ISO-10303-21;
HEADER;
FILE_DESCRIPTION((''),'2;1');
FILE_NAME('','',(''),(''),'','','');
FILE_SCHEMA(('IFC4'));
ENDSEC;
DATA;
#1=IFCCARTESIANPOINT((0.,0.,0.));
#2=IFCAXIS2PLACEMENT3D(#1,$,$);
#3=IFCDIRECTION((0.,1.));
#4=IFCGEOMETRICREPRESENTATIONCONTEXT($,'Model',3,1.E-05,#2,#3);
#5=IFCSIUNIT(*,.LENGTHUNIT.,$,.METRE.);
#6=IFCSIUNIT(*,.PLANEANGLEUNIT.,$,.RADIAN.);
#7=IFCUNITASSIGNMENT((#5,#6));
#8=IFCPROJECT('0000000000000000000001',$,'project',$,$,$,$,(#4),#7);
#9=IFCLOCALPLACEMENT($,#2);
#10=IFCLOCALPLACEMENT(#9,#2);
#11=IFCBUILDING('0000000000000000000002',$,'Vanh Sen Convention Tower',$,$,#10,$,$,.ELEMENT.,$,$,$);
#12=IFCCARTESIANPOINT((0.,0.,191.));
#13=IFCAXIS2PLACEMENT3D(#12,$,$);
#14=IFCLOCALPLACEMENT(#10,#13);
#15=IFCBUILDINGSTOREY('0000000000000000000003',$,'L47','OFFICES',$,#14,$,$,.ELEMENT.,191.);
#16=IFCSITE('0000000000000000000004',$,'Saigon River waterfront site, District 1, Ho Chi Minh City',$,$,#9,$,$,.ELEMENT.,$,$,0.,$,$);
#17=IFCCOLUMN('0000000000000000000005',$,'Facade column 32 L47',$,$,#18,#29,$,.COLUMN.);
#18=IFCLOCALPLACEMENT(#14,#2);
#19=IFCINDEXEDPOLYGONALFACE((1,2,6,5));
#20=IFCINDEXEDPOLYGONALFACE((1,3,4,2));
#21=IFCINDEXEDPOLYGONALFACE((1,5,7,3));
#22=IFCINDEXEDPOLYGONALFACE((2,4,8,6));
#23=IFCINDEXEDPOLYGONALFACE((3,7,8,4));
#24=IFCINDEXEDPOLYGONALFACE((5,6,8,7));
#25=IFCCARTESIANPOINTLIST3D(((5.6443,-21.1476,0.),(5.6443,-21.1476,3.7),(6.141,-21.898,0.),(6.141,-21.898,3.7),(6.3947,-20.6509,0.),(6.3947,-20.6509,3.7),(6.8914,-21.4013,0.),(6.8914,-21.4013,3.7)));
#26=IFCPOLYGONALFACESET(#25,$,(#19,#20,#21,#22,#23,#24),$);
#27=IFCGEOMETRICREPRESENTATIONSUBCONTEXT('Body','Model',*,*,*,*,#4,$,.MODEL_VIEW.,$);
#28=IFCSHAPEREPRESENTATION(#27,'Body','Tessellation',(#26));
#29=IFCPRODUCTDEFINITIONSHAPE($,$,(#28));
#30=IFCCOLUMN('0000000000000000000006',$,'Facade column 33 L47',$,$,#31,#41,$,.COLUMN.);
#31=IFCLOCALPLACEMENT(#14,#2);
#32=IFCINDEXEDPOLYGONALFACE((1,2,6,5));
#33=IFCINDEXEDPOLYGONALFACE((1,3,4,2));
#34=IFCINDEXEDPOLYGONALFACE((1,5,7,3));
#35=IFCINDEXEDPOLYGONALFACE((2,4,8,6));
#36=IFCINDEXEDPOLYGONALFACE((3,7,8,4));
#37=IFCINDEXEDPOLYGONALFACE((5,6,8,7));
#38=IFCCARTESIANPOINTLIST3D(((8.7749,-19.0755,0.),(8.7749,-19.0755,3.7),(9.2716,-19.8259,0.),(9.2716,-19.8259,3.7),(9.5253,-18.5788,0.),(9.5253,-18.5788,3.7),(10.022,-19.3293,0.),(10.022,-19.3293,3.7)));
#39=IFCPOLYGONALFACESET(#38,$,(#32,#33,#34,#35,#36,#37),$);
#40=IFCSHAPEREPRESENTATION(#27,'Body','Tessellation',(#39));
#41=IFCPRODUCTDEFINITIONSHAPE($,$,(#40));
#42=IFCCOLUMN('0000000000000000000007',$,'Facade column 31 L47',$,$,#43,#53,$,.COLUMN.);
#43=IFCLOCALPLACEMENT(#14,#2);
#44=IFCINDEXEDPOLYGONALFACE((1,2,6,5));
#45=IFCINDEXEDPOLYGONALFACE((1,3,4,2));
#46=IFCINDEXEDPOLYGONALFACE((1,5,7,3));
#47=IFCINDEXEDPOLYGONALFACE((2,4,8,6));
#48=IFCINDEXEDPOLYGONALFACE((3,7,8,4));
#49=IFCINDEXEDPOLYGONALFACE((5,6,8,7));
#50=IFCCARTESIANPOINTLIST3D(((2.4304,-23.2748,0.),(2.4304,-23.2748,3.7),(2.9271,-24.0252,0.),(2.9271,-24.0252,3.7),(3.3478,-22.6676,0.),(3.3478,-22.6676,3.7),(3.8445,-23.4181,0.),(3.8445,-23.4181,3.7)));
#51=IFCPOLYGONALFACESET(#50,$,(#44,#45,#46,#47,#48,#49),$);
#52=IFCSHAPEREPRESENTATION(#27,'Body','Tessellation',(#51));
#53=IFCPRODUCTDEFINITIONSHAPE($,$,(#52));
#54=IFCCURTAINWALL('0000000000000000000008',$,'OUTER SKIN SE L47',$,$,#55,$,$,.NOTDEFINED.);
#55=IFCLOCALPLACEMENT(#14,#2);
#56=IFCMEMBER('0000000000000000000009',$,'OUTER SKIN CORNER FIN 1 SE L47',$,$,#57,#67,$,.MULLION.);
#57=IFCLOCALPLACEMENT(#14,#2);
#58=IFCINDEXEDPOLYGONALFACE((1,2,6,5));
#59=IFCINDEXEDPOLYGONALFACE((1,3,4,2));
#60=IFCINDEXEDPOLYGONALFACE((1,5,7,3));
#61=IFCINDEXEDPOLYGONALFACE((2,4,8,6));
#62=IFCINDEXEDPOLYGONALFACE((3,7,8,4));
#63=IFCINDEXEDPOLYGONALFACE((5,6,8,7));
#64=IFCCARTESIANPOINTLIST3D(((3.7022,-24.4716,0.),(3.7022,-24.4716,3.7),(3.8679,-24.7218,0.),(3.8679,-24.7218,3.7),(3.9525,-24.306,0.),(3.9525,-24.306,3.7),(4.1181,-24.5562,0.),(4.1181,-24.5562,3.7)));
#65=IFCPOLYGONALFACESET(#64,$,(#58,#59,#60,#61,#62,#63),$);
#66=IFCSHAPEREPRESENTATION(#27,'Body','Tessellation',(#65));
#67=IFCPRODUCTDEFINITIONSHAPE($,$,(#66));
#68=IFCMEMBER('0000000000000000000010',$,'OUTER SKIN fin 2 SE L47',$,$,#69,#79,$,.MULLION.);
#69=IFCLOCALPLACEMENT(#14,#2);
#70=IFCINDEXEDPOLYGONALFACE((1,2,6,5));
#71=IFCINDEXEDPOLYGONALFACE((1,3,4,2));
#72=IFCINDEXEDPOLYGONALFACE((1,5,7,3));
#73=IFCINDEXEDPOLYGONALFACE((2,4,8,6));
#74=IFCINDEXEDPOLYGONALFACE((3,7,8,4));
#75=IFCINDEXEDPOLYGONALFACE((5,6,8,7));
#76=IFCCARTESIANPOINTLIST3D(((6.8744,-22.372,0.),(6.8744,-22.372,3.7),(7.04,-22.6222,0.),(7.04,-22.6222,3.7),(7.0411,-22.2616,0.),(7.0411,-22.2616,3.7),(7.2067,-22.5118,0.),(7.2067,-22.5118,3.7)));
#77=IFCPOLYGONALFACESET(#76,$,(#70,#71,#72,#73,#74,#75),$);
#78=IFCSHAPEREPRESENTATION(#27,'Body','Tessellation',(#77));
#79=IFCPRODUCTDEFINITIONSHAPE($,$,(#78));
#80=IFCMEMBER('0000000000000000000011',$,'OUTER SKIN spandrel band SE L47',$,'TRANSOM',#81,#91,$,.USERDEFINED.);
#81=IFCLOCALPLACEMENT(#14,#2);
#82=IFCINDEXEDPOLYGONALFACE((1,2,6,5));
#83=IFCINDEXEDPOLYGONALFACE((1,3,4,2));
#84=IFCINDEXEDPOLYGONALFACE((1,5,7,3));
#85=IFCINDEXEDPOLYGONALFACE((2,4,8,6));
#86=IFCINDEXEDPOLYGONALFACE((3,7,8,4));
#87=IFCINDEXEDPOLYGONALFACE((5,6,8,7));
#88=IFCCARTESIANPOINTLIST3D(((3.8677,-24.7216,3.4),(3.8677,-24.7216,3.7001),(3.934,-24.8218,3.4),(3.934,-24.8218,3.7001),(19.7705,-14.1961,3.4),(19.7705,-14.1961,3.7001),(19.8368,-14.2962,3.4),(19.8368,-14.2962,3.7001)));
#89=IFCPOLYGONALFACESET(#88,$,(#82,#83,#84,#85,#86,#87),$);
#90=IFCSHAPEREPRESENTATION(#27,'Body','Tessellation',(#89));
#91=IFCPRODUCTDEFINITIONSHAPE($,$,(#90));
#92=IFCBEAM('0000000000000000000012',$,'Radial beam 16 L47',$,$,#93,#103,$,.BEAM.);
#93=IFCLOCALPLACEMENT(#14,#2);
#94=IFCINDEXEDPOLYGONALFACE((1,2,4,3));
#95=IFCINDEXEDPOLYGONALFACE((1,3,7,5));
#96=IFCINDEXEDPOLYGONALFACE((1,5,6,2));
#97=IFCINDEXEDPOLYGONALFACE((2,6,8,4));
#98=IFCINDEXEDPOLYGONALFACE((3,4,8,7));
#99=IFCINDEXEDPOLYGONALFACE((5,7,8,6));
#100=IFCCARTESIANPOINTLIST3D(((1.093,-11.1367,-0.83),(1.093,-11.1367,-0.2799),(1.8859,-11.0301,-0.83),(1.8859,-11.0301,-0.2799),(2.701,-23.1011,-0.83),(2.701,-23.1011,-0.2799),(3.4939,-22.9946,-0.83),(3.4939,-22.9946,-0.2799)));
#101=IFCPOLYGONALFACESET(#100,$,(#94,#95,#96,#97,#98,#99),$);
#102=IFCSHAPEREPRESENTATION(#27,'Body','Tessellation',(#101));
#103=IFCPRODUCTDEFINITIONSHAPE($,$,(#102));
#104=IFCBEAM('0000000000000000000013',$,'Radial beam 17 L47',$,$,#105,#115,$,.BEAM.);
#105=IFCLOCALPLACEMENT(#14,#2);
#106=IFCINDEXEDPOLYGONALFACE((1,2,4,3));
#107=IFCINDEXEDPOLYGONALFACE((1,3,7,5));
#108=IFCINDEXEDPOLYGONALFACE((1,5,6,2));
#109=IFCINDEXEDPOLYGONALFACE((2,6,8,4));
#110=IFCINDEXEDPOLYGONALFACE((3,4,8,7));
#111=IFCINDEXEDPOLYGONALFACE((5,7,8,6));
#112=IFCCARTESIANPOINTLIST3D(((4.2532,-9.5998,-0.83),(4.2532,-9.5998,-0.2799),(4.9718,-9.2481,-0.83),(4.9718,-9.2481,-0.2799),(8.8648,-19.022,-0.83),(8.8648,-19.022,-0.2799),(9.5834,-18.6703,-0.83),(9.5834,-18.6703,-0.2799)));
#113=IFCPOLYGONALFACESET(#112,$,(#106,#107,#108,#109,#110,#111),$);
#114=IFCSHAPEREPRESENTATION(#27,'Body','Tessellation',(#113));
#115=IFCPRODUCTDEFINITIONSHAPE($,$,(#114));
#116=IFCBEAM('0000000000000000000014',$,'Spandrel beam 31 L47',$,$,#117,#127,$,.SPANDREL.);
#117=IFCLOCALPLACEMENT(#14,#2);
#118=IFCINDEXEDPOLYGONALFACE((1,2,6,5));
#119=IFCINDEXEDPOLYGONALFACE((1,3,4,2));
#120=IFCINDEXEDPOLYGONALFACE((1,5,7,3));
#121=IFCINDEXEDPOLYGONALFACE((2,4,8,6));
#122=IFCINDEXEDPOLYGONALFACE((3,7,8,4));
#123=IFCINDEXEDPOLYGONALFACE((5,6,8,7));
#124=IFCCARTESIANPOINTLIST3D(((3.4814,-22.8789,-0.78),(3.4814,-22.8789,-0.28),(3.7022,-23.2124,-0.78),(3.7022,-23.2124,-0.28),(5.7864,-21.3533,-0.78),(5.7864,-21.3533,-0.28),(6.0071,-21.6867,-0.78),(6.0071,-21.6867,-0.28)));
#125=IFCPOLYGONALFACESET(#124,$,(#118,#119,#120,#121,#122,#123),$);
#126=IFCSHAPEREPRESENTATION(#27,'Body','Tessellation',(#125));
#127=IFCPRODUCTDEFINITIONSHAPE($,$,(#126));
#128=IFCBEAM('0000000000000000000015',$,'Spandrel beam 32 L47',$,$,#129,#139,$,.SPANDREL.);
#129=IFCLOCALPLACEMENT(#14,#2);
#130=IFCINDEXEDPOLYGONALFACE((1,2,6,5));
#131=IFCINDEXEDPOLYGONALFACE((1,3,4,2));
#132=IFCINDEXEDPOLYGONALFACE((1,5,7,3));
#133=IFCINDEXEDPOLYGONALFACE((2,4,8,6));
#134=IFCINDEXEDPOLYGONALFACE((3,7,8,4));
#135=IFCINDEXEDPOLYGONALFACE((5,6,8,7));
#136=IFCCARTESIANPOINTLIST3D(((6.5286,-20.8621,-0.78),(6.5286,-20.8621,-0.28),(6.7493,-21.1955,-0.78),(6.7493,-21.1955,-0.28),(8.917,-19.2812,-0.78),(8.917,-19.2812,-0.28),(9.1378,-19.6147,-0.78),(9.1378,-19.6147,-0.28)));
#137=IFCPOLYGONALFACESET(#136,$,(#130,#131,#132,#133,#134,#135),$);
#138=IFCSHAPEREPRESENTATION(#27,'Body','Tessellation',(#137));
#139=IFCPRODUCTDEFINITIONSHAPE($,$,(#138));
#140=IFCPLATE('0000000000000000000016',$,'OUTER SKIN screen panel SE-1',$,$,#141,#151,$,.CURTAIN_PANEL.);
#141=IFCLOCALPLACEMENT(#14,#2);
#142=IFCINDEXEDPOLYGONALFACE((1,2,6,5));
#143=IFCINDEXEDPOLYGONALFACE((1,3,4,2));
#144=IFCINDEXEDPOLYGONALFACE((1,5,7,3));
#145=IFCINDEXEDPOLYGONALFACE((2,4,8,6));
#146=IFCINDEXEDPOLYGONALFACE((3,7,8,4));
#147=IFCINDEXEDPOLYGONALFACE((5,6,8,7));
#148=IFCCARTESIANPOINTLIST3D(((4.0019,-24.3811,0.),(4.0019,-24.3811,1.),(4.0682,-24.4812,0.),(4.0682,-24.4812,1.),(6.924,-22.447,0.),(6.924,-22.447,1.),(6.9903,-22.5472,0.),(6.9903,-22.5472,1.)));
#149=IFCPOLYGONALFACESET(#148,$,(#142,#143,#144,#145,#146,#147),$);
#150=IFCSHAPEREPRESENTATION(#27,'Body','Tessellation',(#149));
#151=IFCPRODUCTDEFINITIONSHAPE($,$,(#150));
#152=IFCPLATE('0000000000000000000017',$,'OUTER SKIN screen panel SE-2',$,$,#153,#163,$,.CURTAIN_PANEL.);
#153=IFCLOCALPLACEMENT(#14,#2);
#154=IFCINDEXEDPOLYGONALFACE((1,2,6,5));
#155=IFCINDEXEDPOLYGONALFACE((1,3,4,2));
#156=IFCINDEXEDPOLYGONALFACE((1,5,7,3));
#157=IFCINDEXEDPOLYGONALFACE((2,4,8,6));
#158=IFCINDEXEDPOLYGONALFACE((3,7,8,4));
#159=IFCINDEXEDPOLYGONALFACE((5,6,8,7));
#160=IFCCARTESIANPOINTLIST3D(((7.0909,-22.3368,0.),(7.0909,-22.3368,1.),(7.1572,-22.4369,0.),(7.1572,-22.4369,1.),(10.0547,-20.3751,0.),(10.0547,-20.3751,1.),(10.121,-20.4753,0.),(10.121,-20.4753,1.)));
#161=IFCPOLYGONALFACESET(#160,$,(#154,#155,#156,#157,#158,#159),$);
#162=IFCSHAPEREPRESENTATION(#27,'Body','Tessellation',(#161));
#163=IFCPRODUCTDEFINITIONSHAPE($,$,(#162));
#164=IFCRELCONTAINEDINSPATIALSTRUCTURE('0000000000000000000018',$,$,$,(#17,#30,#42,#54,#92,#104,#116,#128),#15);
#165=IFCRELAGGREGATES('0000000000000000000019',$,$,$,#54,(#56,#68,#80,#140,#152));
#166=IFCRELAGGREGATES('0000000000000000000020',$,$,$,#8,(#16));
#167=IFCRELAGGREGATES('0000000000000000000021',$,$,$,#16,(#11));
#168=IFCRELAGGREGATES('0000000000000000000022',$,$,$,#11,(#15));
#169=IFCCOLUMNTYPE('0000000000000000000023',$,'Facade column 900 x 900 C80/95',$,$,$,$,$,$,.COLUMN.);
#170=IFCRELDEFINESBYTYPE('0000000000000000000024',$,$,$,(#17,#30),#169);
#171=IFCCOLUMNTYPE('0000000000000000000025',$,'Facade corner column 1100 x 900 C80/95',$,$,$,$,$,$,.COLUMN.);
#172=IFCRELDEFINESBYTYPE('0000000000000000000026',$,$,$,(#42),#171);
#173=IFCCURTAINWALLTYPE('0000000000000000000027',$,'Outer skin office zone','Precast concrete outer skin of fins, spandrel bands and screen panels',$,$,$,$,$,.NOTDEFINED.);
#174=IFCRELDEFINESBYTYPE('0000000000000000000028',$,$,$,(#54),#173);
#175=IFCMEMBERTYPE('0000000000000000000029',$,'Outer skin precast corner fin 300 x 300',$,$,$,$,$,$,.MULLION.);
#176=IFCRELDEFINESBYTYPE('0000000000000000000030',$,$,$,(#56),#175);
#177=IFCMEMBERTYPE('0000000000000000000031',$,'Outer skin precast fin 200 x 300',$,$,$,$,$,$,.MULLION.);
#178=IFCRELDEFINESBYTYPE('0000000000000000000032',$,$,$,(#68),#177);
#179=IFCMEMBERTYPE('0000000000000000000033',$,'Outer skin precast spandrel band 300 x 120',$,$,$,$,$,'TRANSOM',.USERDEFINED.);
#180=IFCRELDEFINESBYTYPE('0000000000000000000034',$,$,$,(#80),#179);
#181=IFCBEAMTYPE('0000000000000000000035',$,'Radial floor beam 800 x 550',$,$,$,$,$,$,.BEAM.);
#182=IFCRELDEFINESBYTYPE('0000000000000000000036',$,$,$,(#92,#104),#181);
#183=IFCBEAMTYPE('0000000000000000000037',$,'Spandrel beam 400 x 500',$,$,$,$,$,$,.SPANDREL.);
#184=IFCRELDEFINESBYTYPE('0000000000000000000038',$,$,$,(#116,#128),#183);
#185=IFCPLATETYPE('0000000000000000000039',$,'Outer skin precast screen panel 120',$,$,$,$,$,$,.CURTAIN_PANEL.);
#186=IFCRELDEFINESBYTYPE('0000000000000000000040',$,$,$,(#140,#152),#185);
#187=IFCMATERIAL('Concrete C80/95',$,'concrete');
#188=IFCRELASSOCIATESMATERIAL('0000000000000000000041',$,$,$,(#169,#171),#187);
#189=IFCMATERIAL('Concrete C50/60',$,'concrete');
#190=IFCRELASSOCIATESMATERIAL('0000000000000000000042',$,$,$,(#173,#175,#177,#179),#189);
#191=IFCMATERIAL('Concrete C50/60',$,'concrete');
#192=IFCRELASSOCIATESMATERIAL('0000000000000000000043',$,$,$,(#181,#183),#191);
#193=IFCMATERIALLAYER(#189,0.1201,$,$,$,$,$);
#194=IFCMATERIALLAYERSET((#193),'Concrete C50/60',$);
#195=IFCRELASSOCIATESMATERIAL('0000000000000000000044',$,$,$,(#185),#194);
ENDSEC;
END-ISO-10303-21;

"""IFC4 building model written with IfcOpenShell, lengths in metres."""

from ifc_helpers import new_model, si_unit, direction, frame, origin, origin_2d, place, context, subcontext, project, spatial, rectangle, extrude, material, layer, layer_set, material_profile, profile_set, type_object, element, aggregate, save


model = new_model("IFC4")

# Units and contexts
model_context = context("Model", 3, precision=1e-05, world=origin(), true_north=direction((0.0, 1.0)))
body_context = subcontext(model_context, "Body", "Model", "MODEL_VIEW")
ifc_project = project(units=[si_unit("LENGTHUNIT", "METRE"), si_unit("PLANEANGLEUNIT", "RADIAN")], contexts=[model_context])

# Site, building, storey
site_placement = place(None, origin())
site = spatial("IfcSite", under=ifc_project, at=site_placement, Name="Saigon River waterfront site, District 1, Ho Chi Minh City", CompositionType="ELEMENT", RefElevation=0.0)
building_placement = place(site_placement, origin())
building = spatial("IfcBuilding", under=site, at=building_placement, Name="Vanh Sen Convention Tower", CompositionType="ELEMENT")
storey_placement = place(building_placement, frame((0.0, 0.0, 191.0)))
storey = spatial("IfcBuildingStorey", under=building, at=storey_placement, Name="L47", Description="OFFICES", CompositionType="ELEMENT", Elevation=191.0)

# Columns
ifc_material_1 = material(Name="Concrete C80/95", Category="concrete")
ifc_material_profile_1 = material_profile(ifc_material_1, rectangle(XDim=0.8999, YDim=0.8999, at=origin_2d()), Name="RC 900X900")
ifc_profile_set_1 = profile_set([ifc_material_profile_1], Name="Concrete C80/95")
column_type_1 = type_object("IfcColumnType", Name="Facade column 900 x 900 C80/95", PredefinedType="COLUMN", material=ifc_profile_set_1)
for number, where, z_axis, x_axis, name in (
    (1, (6.2678, -21.2744, 0.0), (0.0, 0.0, 1.0), (0.833886, 0.551937, 0.0), "Facade column 32 L47"),
    (2, (9.3984, -19.2024, 0.0), (0.0, 0.0, 1.0), (0.833886, 0.551937, 0.0), "Facade column 33 L47"),
):
    element("IfcColumn", number, at=place(storey_placement, frame(where, z_axis=z_axis, x_axis=x_axis)), inside=storey, type_object=column_type_1, Name=name, PredefinedType="COLUMN", context=body_context, shape_type="SweptSolid", body=[
        extrude(rectangle(XDim=0.8999, YDim=0.8999, at=origin_2d()), origin(), (0.0, 0.0, 1.0), 3.7),
    ])
ifc_material_profile_2 = material_profile(ifc_material_1, rectangle(XDim=1.1001, YDim=0.8999, at=origin_2d()), Name="RC 1100X900")
ifc_profile_set_2 = profile_set([ifc_material_profile_2], Name="Concrete C80/95")
column_type_2 = type_object("IfcColumnType", Name="Facade corner column 1100 x 900 C80/95", PredefinedType="COLUMN", material=ifc_profile_set_2)
column_placement = place(storey_placement, frame((3.1375, -23.3464, 0.0), z_axis=(0.0, 0.0, 1.0), x_axis=(0.833886, 0.551937, 0.0)))
element("IfcColumn", 3, at=column_placement, inside=storey, type_object=column_type_2, Name="Facade column 31 L47", PredefinedType="COLUMN", context=body_context, shape_type="SweptSolid", body=[
    extrude(rectangle(XDim=1.1001, YDim=0.8999, at=origin_2d()), origin(), (0.0, 0.0, 1.0), 3.7),
])

# Curtain wall, members
ifc_material_2 = material(Name="Concrete C50/60", Category="concrete")
curtain_wall_type = type_object("IfcCurtainWallType", Name="Outer skin office zone", Description="Precast concrete outer skin of fins, spandrel bands and screen panels", PredefinedType="NOTDEFINED", material=ifc_material_2)
curtain_wall_placement = place(storey_placement, origin())
curtain_wall = element("IfcCurtainWall", 4, at=curtain_wall_placement, inside=storey, type_object=curtain_wall_type, Name="OUTER SKIN SE L47", PredefinedType="NOTDEFINED")
ifc_material_profile_3 = material_profile(ifc_material_2, rectangle(XDim=0.3, YDim=0.3, at=origin_2d()), Name="Outer skin precast corner fin 300 x 300")
ifc_profile_set_3 = profile_set([ifc_material_profile_3], Name="Concrete C50/60")
member_type_1 = type_object("IfcMemberType", Name="Outer skin precast corner fin 300 x 300", PredefinedType="MULLION", material=ifc_profile_set_3)
member_1_placement = place(storey_placement, frame((3.9102, -24.5139, 0.0), z_axis=(0.0, 0.0, 1.0), x_axis=(0.833886, 0.551937, 0.0)))
member_1 = element("IfcMember", 5, at=member_1_placement, type_object=member_type_1, Name="OUTER SKIN CORNER FIN 1 SE L47", PredefinedType="MULLION", context=body_context, shape_type="SweptSolid", body=[
    extrude(rectangle(XDim=0.3, YDim=0.3, at=origin_2d()), origin(), (0.0, 0.0, 1.0), 3.7),
])
ifc_material_profile_4 = material_profile(ifc_material_2, rectangle(XDim=0.2, YDim=0.3, at=origin_2d()), Name="Outer skin precast fin 200 x 300")
ifc_profile_set_4 = profile_set([ifc_material_profile_4], Name="Concrete C50/60")
member_type_2 = type_object("IfcMemberType", Name="Outer skin precast fin 200 x 300", PredefinedType="MULLION", material=ifc_profile_set_4)
member_2_placement = place(storey_placement, frame((7.0405, -22.4419, 0.0), z_axis=(0.0, 0.0, 1.0), x_axis=(0.833886, 0.551937, 0.0)))
member_2 = element("IfcMember", 6, at=member_2_placement, type_object=member_type_2, Name="OUTER SKIN fin 2 SE L47", PredefinedType="MULLION", context=body_context, shape_type="SweptSolid", body=[
    extrude(rectangle(XDim=0.2, YDim=0.3, at=origin_2d()), origin(), (0.0, 0.0, 1.0), 3.7),
])
ifc_material_profile_5 = material_profile(ifc_material_2, rectangle(XDim=0.1201, YDim=0.3, at=origin_2d()), Name="Outer skin precast spandrel band 300 x 120")
ifc_profile_set_5 = profile_set([ifc_material_profile_5], Name="Concrete C50/60")
member_type_3 = type_object("IfcMemberType", Name="Outer skin precast spandrel band 300 x 120", ElementType="TRANSOM", PredefinedType="USERDEFINED", material=ifc_profile_set_5)
member_3_placement = place(storey_placement, frame((3.9009, -24.7717, 3.55), z_axis=(0.833891, 0.551929, 0.0), x_axis=(-0.551929, 0.833891, 0.0)))
member_3 = element("IfcMember", 7, at=member_3_placement, type_object=member_type_3, Name="OUTER SKIN spandrel band SE L47", ObjectType="TRANSOM", PredefinedType="USERDEFINED", context=body_context, shape_type="SweptSolid", body=[
    extrude(rectangle(XDim=0.1201, YDim=0.3, at=origin_2d()), origin(), (0.0, 0.0, 1.0), 19.0706),
])

# Beams
ifc_material_3 = material(Name="Concrete C50/60", Category="concrete")
ifc_material_profile_6 = material_profile(ifc_material_3, rectangle(XDim=0.8, YDim=0.55, at=origin_2d()), Name="RC 800X550")
ifc_profile_set_6 = profile_set([ifc_material_profile_6], Name="Concrete C50/60")
beam_type_1 = type_object("IfcBeamType", Name="Radial floor beam 800 x 550", PredefinedType="BEAM", material=ifc_profile_set_6)
beam_1_placement = place(storey_placement, frame((3.0974, -23.0479, -0.5549), z_axis=(-0.133194, 0.99109, 0.0), x_axis=(-0.99109, -0.133194, 0.0)))
element("IfcBeam", 8, at=beam_1_placement, inside=storey, type_object=beam_type_1, Name="Radial beam 16 L47", PredefinedType="BEAM", context=body_context, shape_type="SweptSolid", body=[
    extrude(rectangle(XDim=0.8, YDim=0.55, at=origin_2d()), origin(), (0.0, 0.0, 1.0), 12.072),
])
beam_2_placement = place(storey_placement, frame((9.2241, -18.8462, -0.5549), z_axis=(-0.43961, 0.898189, 0.0), x_axis=(-0.898189, -0.43961, 0.0)))
element("IfcBeam", 9, at=beam_2_placement, inside=storey, type_object=beam_type_1, Name="Radial beam 17 L47", PredefinedType="BEAM", context=body_context, shape_type="SweptSolid", body=[
    extrude(rectangle(XDim=0.8, YDim=0.55, at=origin_2d()), origin(), (0.0, 0.0, 1.0), 10.4902),
])
ifc_material_profile_7 = material_profile(ifc_material_3, rectangle(XDim=0.3999, YDim=0.5, at=origin_2d()), Name="RC 400X500")
ifc_profile_set_7 = profile_set([ifc_material_profile_7], Name="Concrete C50/60")
beam_type_2 = type_object("IfcBeamType", Name="Spandrel beam 400 x 500", PredefinedType="SPANDREL", material=ifc_profile_set_7)
beam_3_placement = place(storey_placement, frame((3.5918, -23.0457, -0.53), z_axis=(0.83388, 0.551945, 0.0), x_axis=(-0.551945, 0.83388, 0.0)))
element("IfcBeam", 10, at=beam_3_placement, inside=storey, type_object=beam_type_2, Name="Spandrel beam 31 L47", PredefinedType="SPANDREL", context=body_context, shape_type="SweptSolid", body=[
    extrude(rectangle(XDim=0.3999, YDim=0.5, at=origin_2d()), origin(), (0.0, 0.0, 1.0), 2.7642),
])
beam_4_placement = place(storey_placement, frame((6.6389, -21.0288, -0.53), z_axis=(0.833895, 0.551924, 0.0), x_axis=(-0.551924, 0.833895, 0.0)))
element("IfcBeam", 11, at=beam_4_placement, inside=storey, type_object=beam_type_2, Name="Spandrel beam 32 L47", PredefinedType="SPANDREL", context=body_context, shape_type="SweptSolid", body=[
    extrude(rectangle(XDim=0.3999, YDim=0.5, at=origin_2d()), origin(), (0.0, 0.0, 1.0), 2.8643),
])

# Plates
ifc_layer_1 = layer(ifc_material_2, 0.1201)
ifc_layer_set_1 = layer_set([ifc_layer_1], Name="Concrete C50/60")
plate_type = type_object("IfcPlateType", Name="Outer skin precast screen panel 120", PredefinedType="CURTAIN_PANEL", material=ifc_layer_set_1)
plate_1_placement = place(storey_placement, frame((5.4961, -23.4641, 0.0), z_axis=(0.0, 0.0, 1.0), x_axis=(0.83389, 0.551931, 0.0)))
plate_1 = element("IfcPlate", 12, at=plate_1_placement, type_object=plate_type, Name="OUTER SKIN screen panel SE-1", PredefinedType="CURTAIN_PANEL", context=body_context, shape_type="SweptSolid", body=[
    extrude(rectangle(XDim=3.5042, YDim=0.1201, at=origin_2d()), origin(), (0.0, 0.0, 1.0), 1.0),
])
plate_2_placement = place(storey_placement, frame((8.606, -21.406, 0.0), z_axis=(0.0, 0.0, 1.0), x_axis=(0.83389, 0.551931, 0.0)))
plate_2 = element("IfcPlate", 13, at=plate_2_placement, type_object=plate_type, Name="OUTER SKIN screen panel SE-2", PredefinedType="CURTAIN_PANEL", context=body_context, shape_type="SweptSolid", body=[
    extrude(rectangle(XDim=3.5542, YDim=0.1201, at=origin_2d()), origin(), (0.0, 0.0, 1.0), 1.0),
])
aggregate(curtain_wall, [member_1, member_2, member_3, plate_1, plate_2])

save(model, "model.ifc")
